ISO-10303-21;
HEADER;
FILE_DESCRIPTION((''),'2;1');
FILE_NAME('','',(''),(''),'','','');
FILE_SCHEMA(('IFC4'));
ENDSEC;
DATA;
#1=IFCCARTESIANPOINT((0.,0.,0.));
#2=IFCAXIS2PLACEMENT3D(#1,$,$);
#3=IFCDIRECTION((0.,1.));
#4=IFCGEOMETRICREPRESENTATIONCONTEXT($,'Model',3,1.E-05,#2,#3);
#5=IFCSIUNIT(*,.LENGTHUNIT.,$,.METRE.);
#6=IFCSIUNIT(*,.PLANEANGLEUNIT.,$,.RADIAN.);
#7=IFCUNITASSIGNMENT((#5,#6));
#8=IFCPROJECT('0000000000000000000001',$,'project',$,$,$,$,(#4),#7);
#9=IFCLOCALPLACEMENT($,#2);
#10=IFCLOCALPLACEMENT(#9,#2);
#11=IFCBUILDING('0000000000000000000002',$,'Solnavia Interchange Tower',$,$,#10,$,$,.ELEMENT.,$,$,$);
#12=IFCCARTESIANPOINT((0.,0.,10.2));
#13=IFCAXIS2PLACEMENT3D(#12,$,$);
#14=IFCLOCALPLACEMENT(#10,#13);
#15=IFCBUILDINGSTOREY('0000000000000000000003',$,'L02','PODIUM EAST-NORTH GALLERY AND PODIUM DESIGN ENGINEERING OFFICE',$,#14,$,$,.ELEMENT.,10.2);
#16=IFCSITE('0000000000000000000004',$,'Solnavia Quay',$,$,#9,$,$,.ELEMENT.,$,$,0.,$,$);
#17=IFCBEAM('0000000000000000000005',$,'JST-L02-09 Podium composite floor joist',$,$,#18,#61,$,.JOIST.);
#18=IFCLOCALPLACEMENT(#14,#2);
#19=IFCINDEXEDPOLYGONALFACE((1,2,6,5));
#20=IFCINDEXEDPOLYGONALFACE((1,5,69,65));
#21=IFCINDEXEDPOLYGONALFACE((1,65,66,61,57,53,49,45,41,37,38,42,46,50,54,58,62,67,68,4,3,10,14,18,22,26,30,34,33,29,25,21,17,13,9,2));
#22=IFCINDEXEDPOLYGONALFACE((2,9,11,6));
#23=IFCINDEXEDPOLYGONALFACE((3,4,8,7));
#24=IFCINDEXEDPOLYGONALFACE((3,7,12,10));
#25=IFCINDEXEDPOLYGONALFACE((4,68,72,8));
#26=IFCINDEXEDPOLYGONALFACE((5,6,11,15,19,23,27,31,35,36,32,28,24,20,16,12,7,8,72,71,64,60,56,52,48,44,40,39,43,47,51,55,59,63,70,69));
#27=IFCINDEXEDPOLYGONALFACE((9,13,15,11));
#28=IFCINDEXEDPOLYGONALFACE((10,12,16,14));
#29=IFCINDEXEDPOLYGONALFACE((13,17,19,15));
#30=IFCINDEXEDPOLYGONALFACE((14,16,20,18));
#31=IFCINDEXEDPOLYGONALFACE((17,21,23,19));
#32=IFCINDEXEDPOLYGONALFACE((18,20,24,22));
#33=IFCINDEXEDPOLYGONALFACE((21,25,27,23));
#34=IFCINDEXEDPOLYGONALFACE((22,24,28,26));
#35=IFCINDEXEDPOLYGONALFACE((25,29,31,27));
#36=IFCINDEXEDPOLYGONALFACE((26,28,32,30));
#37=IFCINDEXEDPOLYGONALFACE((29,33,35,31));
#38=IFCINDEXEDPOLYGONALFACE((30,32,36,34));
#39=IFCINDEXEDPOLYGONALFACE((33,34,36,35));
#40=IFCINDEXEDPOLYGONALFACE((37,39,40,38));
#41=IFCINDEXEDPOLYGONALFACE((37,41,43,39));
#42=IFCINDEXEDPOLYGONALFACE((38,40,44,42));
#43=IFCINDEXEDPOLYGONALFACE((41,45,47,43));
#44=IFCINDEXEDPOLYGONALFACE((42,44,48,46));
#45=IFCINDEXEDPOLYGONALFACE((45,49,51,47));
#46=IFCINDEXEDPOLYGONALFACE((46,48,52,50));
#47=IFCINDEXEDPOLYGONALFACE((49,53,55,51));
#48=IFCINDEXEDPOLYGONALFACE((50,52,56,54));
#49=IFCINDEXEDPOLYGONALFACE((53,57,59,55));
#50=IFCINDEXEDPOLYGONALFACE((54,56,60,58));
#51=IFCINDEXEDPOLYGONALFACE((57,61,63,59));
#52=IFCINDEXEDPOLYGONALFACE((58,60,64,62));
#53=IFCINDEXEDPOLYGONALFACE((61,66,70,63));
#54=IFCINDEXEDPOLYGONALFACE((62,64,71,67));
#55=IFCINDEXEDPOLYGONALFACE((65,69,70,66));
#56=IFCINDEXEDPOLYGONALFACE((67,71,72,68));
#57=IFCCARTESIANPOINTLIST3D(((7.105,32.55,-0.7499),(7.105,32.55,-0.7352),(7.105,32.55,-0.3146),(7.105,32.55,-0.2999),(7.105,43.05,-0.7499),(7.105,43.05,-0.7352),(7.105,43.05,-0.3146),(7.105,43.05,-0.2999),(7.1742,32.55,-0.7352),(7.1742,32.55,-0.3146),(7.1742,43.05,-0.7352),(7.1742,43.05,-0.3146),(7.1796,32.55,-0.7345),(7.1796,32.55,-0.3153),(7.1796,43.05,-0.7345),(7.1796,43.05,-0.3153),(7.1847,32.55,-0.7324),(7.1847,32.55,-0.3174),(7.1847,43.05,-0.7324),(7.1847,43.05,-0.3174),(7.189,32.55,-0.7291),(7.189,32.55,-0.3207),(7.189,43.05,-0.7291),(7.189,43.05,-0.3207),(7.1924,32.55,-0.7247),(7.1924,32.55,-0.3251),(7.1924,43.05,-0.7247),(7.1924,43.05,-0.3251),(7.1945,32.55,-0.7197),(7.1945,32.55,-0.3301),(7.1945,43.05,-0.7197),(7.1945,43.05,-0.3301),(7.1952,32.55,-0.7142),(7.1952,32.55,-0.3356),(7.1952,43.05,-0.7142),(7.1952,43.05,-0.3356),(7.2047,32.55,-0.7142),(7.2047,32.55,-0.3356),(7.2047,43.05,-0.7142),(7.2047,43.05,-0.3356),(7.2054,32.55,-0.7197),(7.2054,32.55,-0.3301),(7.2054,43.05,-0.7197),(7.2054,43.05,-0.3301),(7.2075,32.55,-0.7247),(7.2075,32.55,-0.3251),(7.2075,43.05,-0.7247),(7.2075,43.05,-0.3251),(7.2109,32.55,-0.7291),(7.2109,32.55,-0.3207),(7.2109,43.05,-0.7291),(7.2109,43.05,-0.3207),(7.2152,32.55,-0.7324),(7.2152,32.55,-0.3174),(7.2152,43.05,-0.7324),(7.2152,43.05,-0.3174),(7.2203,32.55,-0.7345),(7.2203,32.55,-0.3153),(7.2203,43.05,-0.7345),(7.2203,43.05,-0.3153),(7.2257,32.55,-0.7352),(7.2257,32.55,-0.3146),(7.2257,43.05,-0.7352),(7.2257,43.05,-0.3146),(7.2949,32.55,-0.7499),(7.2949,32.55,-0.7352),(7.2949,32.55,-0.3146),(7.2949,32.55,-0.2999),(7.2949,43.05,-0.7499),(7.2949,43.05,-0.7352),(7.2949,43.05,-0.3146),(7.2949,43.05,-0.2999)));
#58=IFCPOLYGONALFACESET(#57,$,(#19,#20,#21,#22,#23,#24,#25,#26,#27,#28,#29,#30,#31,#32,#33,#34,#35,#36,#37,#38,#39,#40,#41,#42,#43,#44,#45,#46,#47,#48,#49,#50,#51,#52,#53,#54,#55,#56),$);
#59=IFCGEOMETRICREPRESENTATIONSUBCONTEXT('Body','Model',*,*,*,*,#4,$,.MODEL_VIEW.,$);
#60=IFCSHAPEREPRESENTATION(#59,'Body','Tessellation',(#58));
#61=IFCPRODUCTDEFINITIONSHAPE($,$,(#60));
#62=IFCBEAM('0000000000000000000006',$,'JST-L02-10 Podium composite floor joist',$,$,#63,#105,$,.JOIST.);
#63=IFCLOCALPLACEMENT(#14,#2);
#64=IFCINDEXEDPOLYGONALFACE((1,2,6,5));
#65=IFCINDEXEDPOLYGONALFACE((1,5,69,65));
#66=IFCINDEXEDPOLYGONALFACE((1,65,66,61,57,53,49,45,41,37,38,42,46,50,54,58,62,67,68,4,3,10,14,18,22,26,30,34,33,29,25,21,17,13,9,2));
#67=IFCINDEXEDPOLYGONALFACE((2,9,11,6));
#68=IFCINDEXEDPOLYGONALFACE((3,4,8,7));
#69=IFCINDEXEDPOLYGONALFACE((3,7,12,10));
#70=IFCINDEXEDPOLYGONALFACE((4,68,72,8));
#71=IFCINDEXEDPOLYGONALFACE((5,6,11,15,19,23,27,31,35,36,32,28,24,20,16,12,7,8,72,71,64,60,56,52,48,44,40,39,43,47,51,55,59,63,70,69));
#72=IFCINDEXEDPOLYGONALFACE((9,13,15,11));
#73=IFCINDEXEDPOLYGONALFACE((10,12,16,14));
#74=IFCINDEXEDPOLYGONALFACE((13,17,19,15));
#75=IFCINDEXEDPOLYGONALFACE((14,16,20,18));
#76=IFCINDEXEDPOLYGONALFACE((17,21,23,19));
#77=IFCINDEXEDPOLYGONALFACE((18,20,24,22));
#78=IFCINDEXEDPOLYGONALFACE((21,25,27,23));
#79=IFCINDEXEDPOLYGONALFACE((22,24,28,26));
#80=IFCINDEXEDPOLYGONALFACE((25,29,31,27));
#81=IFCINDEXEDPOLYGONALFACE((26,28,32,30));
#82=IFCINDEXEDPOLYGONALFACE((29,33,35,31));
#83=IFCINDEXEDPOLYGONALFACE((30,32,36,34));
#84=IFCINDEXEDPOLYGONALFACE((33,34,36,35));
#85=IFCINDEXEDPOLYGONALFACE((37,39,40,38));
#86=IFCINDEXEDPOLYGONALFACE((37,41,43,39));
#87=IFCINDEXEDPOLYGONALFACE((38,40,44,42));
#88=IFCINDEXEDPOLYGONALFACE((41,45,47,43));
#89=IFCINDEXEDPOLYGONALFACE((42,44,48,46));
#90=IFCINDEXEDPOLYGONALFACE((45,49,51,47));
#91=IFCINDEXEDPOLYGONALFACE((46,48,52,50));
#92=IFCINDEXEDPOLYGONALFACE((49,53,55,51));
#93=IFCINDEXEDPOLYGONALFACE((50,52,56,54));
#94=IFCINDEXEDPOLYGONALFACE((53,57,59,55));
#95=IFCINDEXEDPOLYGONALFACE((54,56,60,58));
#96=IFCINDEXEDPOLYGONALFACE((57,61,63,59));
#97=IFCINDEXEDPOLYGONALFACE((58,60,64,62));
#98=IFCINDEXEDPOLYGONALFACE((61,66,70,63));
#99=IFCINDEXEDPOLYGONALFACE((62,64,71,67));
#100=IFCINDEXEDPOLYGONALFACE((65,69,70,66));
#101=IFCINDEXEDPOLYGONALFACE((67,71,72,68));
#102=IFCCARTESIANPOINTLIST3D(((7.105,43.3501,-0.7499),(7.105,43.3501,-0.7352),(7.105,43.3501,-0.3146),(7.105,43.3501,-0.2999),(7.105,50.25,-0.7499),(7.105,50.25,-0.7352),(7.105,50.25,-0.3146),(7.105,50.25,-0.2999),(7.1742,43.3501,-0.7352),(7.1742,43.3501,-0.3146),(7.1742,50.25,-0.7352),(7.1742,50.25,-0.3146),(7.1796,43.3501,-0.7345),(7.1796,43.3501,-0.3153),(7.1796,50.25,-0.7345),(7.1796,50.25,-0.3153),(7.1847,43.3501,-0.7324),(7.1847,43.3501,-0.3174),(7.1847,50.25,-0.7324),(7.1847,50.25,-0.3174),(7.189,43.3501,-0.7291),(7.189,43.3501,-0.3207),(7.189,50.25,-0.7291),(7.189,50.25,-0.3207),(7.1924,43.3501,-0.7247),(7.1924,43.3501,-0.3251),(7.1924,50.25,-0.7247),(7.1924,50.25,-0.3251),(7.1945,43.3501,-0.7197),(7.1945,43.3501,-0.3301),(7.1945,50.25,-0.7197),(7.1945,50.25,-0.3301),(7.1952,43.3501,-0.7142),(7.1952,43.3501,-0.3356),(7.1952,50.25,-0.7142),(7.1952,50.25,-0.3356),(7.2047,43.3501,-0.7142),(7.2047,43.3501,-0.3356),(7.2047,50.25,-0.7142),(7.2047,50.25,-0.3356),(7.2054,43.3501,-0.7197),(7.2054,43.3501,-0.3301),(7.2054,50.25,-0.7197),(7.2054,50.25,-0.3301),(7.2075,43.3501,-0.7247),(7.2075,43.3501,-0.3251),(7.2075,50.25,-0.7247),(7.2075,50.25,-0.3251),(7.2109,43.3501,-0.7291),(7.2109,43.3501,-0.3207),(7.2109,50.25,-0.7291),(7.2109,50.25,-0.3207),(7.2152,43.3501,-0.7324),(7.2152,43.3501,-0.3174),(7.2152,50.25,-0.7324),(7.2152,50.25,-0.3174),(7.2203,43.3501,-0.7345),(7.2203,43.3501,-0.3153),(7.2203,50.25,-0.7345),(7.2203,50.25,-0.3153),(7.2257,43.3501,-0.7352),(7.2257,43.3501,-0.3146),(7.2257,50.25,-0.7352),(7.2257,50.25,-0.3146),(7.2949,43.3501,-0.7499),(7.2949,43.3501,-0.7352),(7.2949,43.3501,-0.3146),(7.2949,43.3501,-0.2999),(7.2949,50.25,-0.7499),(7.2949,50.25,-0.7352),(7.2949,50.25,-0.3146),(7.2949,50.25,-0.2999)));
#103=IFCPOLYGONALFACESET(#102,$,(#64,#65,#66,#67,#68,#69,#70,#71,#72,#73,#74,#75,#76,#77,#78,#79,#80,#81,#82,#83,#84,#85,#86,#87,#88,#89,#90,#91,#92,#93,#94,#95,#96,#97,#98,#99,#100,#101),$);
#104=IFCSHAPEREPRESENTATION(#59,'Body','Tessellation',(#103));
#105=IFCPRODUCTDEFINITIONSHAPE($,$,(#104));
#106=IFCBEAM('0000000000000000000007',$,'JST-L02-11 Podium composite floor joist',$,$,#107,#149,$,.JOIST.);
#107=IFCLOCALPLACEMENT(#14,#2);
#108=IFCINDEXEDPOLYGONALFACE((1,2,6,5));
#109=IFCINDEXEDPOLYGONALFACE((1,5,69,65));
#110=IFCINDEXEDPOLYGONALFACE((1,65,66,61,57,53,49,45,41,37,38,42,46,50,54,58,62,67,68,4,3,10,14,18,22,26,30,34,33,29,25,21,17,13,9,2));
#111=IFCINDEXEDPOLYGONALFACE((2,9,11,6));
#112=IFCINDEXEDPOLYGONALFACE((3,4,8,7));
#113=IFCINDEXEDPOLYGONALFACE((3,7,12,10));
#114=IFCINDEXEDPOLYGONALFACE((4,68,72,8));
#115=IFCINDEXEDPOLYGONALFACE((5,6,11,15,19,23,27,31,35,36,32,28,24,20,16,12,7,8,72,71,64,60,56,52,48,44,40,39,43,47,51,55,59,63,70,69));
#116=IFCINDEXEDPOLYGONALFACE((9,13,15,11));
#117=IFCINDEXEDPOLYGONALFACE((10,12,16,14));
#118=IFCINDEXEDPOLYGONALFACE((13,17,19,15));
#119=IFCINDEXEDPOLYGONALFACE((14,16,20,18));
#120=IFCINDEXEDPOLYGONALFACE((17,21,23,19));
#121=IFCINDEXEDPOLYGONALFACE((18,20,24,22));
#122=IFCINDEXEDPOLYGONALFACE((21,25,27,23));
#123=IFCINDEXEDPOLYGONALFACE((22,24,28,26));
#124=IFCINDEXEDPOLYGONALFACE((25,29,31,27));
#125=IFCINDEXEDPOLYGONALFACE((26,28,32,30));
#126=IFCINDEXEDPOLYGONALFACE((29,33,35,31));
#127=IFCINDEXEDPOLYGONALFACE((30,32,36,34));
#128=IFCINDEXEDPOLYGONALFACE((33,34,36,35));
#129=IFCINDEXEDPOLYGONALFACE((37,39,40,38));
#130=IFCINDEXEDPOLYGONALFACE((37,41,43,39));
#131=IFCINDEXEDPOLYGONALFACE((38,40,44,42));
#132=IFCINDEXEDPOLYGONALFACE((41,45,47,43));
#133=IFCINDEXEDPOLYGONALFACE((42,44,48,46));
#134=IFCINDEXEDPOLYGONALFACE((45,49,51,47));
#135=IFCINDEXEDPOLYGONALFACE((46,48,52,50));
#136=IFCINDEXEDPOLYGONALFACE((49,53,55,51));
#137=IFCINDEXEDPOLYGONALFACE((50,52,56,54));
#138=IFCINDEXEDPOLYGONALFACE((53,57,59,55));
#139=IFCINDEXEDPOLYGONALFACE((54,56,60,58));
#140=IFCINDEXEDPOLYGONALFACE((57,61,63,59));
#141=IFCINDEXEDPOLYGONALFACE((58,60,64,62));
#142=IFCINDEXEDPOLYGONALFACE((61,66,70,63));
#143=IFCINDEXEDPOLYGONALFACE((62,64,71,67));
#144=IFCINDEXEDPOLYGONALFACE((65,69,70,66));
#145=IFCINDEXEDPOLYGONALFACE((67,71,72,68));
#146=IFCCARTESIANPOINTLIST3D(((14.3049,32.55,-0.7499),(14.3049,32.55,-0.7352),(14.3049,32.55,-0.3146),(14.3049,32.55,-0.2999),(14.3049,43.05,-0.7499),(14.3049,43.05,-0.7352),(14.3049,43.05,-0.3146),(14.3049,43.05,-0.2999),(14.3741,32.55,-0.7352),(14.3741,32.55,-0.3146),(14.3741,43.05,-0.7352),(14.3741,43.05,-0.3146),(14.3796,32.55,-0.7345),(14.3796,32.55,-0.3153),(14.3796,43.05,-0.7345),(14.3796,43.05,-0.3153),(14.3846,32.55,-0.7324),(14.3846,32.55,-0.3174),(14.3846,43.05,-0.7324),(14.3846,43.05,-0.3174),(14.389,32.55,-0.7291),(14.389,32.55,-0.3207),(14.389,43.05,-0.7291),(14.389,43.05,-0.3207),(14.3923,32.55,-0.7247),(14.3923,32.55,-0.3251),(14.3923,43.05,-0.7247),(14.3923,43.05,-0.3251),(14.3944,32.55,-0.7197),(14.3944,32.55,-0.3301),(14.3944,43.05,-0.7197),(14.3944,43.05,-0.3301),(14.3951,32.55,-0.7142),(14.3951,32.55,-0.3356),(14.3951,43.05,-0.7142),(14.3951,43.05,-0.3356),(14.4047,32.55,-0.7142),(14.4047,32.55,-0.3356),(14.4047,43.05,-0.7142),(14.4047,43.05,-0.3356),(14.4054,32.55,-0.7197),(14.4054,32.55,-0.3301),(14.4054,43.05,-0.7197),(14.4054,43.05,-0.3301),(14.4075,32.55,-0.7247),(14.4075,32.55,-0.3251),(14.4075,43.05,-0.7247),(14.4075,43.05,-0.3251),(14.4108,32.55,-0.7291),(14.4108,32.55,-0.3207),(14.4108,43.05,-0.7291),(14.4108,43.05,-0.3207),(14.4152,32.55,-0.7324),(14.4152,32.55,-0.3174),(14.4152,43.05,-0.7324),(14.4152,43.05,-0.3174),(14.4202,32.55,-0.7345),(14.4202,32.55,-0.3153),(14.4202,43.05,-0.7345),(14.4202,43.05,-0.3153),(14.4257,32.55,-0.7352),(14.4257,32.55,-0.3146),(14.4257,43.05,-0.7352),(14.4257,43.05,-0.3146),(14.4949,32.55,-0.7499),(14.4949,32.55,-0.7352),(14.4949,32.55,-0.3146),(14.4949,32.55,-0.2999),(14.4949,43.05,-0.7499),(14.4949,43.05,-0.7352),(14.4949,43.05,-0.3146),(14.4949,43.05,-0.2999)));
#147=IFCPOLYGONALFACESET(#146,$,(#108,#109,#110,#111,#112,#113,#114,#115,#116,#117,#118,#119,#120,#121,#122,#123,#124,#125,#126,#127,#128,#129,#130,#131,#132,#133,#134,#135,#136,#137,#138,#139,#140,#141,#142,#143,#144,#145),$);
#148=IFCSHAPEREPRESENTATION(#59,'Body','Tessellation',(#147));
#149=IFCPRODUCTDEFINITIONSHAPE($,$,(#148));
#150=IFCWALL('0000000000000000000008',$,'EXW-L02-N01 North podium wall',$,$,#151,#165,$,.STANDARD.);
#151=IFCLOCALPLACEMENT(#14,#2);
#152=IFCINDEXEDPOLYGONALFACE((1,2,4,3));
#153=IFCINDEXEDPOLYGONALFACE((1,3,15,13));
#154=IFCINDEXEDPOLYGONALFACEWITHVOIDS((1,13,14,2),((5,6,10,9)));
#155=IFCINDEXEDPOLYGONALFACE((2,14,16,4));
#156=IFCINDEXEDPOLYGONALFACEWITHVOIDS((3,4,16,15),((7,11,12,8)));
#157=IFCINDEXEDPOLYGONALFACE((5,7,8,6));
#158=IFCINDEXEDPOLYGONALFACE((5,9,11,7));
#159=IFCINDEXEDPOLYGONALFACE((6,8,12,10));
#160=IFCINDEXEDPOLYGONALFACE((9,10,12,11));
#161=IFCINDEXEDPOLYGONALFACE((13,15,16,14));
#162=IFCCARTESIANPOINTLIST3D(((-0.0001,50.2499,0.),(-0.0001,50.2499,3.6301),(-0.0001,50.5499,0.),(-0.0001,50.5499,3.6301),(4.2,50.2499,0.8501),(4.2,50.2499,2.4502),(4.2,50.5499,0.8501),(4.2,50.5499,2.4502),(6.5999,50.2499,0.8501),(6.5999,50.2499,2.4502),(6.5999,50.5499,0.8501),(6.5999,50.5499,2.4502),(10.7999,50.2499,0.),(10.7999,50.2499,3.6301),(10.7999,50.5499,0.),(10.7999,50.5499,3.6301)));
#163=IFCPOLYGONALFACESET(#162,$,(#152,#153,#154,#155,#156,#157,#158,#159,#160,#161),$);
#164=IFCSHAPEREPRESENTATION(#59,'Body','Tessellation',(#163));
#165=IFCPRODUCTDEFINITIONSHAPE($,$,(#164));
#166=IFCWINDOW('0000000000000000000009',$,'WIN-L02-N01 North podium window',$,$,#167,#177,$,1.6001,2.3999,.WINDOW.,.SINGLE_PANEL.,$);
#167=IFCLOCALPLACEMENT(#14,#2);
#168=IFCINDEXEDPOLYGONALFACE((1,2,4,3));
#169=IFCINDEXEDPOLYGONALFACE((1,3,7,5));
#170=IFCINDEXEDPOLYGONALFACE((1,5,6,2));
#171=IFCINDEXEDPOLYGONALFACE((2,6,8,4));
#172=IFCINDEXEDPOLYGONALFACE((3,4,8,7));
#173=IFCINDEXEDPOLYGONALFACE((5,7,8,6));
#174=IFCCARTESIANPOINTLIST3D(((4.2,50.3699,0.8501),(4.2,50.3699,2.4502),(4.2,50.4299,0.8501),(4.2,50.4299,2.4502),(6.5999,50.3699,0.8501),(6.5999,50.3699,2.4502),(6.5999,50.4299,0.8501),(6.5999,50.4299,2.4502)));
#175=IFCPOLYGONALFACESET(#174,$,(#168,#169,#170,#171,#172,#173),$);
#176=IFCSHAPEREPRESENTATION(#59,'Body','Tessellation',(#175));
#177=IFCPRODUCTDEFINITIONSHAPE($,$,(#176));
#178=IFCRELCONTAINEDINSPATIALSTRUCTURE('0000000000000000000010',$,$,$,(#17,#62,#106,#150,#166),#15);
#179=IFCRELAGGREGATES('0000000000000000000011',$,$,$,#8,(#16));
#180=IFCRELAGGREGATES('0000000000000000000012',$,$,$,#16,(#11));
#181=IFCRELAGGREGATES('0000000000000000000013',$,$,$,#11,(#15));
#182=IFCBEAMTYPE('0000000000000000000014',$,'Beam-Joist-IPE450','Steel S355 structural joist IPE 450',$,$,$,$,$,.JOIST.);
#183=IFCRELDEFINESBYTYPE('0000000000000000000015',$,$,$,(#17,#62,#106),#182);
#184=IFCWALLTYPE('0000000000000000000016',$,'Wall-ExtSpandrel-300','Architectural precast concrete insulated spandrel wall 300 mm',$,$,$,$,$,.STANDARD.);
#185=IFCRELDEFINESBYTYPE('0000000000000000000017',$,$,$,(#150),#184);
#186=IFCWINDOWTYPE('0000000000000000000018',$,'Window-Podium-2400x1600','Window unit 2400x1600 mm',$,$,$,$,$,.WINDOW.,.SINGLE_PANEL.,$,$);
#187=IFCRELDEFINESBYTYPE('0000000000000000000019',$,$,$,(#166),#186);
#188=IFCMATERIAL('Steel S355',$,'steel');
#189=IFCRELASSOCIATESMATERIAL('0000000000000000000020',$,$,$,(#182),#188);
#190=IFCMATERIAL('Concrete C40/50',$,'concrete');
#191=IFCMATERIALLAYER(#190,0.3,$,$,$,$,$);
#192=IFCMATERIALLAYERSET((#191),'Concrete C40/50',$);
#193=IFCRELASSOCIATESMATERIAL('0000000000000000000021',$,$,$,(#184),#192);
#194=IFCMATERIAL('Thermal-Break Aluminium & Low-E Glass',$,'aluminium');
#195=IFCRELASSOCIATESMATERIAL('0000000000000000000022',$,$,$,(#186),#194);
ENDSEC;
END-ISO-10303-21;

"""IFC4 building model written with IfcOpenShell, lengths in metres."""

from ifc_helpers import new_model, si_unit, direction, frame, frame_2d, origin, origin_2d, place, context, subcontext, project, spatial, rectangle, i_section, extrude, material, layer, layer_set, material_profile, profile_set, type_object, element, fill, save


model = new_model("IFC4")

# Units and contexts
model_context = context("Model", 3, precision=1e-05, world=origin(), true_north=direction((0.0, 1.0)))
body_context = subcontext(model_context, "Body", "Model", "MODEL_VIEW")
ifc_project = project(units=[si_unit("LENGTHUNIT", "METRE"), si_unit("PLANEANGLEUNIT", "RADIAN")], contexts=[model_context])

# Site, building, storey
site_placement = place(None, origin())
site = spatial("IfcSite", under=ifc_project, at=site_placement, Name="Solnavia Quay", CompositionType="ELEMENT", RefElevation=0.0)
building_placement = place(site_placement, origin())
building = spatial("IfcBuilding", under=site, at=building_placement, Name="Solnavia Interchange Tower", CompositionType="ELEMENT")
storey_placement = place(building_placement, frame((0.0, 0.0, 10.2)))
storey = spatial("IfcBuildingStorey", under=building, at=storey_placement, Name="L02", Description="PODIUM EAST-NORTH GALLERY AND PODIUM DESIGN ENGINEERING OFFICE", CompositionType="ELEMENT", Elevation=10.2)

# Beams
ifc_material_1 = material(Name="Steel S355", Category="steel")
ifc_material_profile_1 = material_profile(ifc_material_1, i_section(OverallWidth=0.1899, OverallDepth=0.45, WebThickness=0.0095, FlangeThickness=0.0146, FilletRadius=0.021, at=origin_2d()), Name="IPE 450")
ifc_profile_set_1 = profile_set([ifc_material_profile_1], Name="Steel S355")
beam_type_1 = type_object("IfcBeamType", Name="Beam-Joist-IPE450", Description="Steel S355 structural joist IPE 450", PredefinedType="JOIST", material=ifc_profile_set_1)
beam_1_placement = place(storey_placement, frame((7.2, 32.55, -0.5249), z_axis=(0.0, 1.0, 0.0), x_axis=(-1.0, 0.0, 0.0)))
element("IfcBeam", 1, at=beam_1_placement, inside=storey, type_object=beam_type_1, Name="JST-L02-09 Podium composite floor joist", PredefinedType="JOIST", context=body_context, shape_type="SweptSolid", body=[
    extrude(i_section(OverallWidth=0.1899, OverallDepth=0.45, WebThickness=0.0095, FlangeThickness=0.0146, FilletRadius=0.021, at=origin_2d()), origin(), (0.0, 0.0, 1.0), 10.5),
])
beam_2_placement = place(storey_placement, frame((7.2, 43.3501, -0.5249), z_axis=(0.0, 1.0, 0.0), x_axis=(-1.0, 0.0, 0.0)))
element("IfcBeam", 2, at=beam_2_placement, inside=storey, type_object=beam_type_1, Name="JST-L02-10 Podium composite floor joist", PredefinedType="JOIST", context=body_context, shape_type="SweptSolid", body=[
    extrude(i_section(OverallWidth=0.1899, OverallDepth=0.45, WebThickness=0.0095, FlangeThickness=0.0146, FilletRadius=0.021, at=origin_2d()), origin(), (0.0, 0.0, 1.0), 6.8999),
])
beam_3_placement = place(storey_placement, frame((14.3999, 32.55, -0.5249), z_axis=(0.0, 1.0, 0.0), x_axis=(-1.0, 0.0, 0.0)))
element("IfcBeam", 3, at=beam_3_placement, inside=storey, type_object=beam_type_1, Name="JST-L02-11 Podium composite floor joist", PredefinedType="JOIST", context=body_context, shape_type="SweptSolid", body=[
    extrude(i_section(OverallWidth=0.1899, OverallDepth=0.45, WebThickness=0.0095, FlangeThickness=0.0146, FilletRadius=0.021, at=origin_2d()), origin(), (0.0, 0.0, 1.0), 10.5),
])

# Wall, opening, window
ifc_material_2 = material(Name="Concrete C40/50", Category="concrete")
ifc_layer_1 = layer(ifc_material_2, 0.3)
ifc_layer_set_1 = layer_set([ifc_layer_1], Name="Concrete C40/50")
wall_type_1 = type_object("IfcWallType", Name="Wall-ExtSpandrel-300", Description="Architectural precast concrete insulated spandrel wall 300 mm", PredefinedType="STANDARD", material=ifc_layer_set_1)
wall_1_placement = place(storey_placement, frame((0.0, 50.3999, 0.0), z_axis=(0.0, 0.0, 1.0), x_axis=(1.0, 0.0, 0.0)))
wall_1 = element("IfcWall", 4, at=wall_1_placement, inside=storey, type_object=wall_type_1, Name="EXW-L02-N01 North podium wall", PredefinedType="STANDARD", context=body_context, shape_type="SweptSolid", body=[
    extrude(rectangle(XDim=10.8, YDim=0.3, at=frame_2d((5.3999, 0.0))), origin(), (0.0, 0.0, 1.0), 3.6301),
])
opening_1_placement = place(wall_1_placement, frame((4.2, 0.0, 0.8501)))
opening_1 = element("IfcOpeningElement", 5, at=opening_1_placement, cuts=wall_1, PredefinedType="OPENING", context=body_context, shape_type="SweptSolid", body=[
    extrude(rectangle(XDim=2.3999, YDim=1.6001, at=frame_2d((1.2, 0.8))), frame((0.0, 0.1602, 0.0), z_axis=(0.0, -1.0, 0.0), x_axis=(1.0, 0.0, 0.0)), (0.0, 0.0, 1.0), 0.3201),
])
ifc_material_3 = material(Name="Thermal-Break Aluminium & Low-E Glass", Category="aluminium")
window_type = type_object("IfcWindowType", Name="Window-Podium-2400x1600", Description="Window unit 2400x1600 mm", PartitioningType="SINGLE_PANEL", PredefinedType="WINDOW", material=ifc_material_3)
window_1_placement = place(opening_1_placement, origin())
window_1 = element("IfcWindow", 6, at=window_1_placement, inside=storey, type_object=window_type, Name="WIN-L02-N01 North podium window", OverallHeight=1.6001, OverallWidth=2.3999, PartitioningType="SINGLE_PANEL", PredefinedType="WINDOW", context=body_context, shape_type="SweptSolid", body=[
    extrude(rectangle(XDim=2.3999, YDim=1.6001, at=frame_2d((1.2, 0.8))), frame((0.0, 0.03, 0.0), z_axis=(0.0, -1.0, 0.0), x_axis=(1.0, 0.0, 0.0)), (0.0, 0.0, 1.0), 0.0601),
])
fill(opening_1, window_1)

save(model, "model.ifc")
